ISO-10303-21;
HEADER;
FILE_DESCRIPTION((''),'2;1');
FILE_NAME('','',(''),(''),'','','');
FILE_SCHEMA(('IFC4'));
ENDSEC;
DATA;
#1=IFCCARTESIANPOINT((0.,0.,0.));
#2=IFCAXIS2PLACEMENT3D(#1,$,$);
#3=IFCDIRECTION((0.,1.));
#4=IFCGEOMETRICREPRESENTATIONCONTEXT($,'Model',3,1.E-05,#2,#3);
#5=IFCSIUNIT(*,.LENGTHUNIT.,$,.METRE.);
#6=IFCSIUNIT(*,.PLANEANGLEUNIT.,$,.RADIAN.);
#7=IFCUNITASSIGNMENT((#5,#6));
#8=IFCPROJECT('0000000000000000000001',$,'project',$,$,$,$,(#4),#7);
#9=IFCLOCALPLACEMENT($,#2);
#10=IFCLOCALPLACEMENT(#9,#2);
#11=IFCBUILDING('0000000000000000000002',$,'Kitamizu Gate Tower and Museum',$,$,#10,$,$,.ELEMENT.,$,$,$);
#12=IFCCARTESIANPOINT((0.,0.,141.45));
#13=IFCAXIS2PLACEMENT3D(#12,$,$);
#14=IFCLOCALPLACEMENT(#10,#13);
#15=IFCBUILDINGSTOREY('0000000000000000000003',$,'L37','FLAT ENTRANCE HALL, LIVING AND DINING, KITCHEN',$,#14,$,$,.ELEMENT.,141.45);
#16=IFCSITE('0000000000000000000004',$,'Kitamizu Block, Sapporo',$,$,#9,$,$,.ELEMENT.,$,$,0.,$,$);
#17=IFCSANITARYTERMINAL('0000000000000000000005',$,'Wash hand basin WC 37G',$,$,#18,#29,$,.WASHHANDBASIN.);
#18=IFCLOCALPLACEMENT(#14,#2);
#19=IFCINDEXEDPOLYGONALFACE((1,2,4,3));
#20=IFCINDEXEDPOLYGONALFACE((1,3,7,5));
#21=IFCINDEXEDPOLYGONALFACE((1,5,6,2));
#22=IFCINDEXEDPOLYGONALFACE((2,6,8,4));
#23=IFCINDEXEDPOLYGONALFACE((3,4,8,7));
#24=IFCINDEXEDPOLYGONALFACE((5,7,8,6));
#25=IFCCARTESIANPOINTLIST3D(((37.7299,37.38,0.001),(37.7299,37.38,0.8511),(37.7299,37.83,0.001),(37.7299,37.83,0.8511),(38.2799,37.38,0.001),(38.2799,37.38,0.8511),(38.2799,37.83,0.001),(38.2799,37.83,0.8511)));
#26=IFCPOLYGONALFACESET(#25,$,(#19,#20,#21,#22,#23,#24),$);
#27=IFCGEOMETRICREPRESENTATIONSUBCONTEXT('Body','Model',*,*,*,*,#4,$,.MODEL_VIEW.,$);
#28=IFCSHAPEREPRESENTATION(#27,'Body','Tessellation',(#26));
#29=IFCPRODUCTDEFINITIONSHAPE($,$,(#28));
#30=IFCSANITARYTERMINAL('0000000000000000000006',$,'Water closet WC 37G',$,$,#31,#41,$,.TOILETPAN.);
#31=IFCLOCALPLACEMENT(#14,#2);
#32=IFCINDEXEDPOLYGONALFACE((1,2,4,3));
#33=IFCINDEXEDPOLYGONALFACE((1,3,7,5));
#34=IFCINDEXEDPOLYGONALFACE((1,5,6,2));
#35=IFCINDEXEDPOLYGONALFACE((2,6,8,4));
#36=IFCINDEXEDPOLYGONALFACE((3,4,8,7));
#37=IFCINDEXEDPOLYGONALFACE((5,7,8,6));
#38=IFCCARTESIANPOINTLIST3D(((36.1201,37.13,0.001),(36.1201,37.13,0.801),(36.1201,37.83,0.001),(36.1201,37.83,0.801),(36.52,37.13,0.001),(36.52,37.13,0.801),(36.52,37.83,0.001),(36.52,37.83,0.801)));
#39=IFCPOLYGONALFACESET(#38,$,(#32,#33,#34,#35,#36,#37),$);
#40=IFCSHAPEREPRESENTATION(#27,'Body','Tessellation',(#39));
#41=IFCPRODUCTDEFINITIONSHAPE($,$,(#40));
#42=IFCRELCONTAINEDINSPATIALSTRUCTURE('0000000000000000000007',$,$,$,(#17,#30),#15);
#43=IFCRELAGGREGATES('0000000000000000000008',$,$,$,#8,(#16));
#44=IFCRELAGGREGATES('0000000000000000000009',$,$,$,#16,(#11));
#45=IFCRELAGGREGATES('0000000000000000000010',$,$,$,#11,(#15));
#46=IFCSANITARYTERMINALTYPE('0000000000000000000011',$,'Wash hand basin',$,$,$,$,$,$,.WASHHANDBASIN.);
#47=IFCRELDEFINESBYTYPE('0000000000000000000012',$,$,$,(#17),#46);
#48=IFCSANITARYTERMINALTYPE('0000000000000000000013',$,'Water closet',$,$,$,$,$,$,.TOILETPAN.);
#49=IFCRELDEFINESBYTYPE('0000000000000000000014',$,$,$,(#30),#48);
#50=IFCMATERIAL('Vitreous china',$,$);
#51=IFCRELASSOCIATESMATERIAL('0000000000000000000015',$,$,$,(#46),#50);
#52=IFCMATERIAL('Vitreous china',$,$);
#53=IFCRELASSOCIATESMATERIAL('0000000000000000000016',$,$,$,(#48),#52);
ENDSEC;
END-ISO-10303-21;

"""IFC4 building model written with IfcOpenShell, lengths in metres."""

from ifc_helpers import new_model, si_unit, direction, frame, origin, origin_2d, place, context, subcontext, project, spatial, rectangle, extrude, material, type_object, element, save


model = new_model("IFC4")

# Units and contexts
model_context = context("Model", 3, precision=1e-05, world=origin(), true_north=direction((0.0, 1.0)))
body_context = subcontext(model_context, "Body", "Model", "MODEL_VIEW")
ifc_project = project(units=[si_unit("LENGTHUNIT", "METRE"), si_unit("PLANEANGLEUNIT", "RADIAN")], contexts=[model_context])

# Site, building, storey
site_placement = place(None, origin())
site = spatial("IfcSite", under=ifc_project, at=site_placement, Name="Kitamizu Block, Sapporo", CompositionType="ELEMENT", RefElevation=0.0)
building_placement = place(site_placement, origin())
building = spatial("IfcBuilding", under=site, at=building_placement, Name="Kitamizu Gate Tower and Museum", CompositionType="ELEMENT")
storey_placement = place(building_placement, frame((0.0, 0.0, 141.45)))
storey = spatial("IfcBuildingStorey", under=building, at=storey_placement, Name="L37", Description="FLAT ENTRANCE HALL, LIVING AND DINING, KITCHEN", CompositionType="ELEMENT", Elevation=141.45)

# Sanitary terminals
ifc_material_1 = material(Name="Vitreous china")
sanitary_terminal_type_1 = type_object("IfcSanitaryTerminalType", Name="Wash hand basin", PredefinedType="WASHHANDBASIN", material=ifc_material_1)
sanitary_terminal_1_placement = place(storey_placement, frame((38.0049, 37.605, 0.001), z_axis=(0.0, 0.0, 1.0), x_axis=(1.0, 0.0, 0.0)))
element("IfcSanitaryTerminal", 1, at=sanitary_terminal_1_placement, inside=storey, type_object=sanitary_terminal_type_1, Name="Wash hand basin WC 37G", PredefinedType="WASHHANDBASIN", context=body_context, shape_type="SweptSolid", body=[
    extrude(rectangle(XDim=0.55, YDim=0.45, at=origin_2d()), origin(), (0.0, 0.0, 1.0), 0.8501),
])
ifc_material_2 = material(Name="Vitreous china")
sanitary_terminal_type_2 = type_object("IfcSanitaryTerminalType", Name="Water closet", PredefinedType="TOILETPAN", material=ifc_material_2)
sanitary_terminal_2_placement = place(storey_placement, frame((36.3201, 37.48, 0.001), z_axis=(0.0, 0.0, 1.0), x_axis=(1.0, 0.0, 0.0)))
element("IfcSanitaryTerminal", 2, at=sanitary_terminal_2_placement, inside=storey, type_object=sanitary_terminal_type_2, Name="Water closet WC 37G", PredefinedType="TOILETPAN", context=body_context, shape_type="SweptSolid", body=[
    extrude(rectangle(XDim=0.3999, YDim=0.7, at=origin_2d()), origin(), (0.0, 0.0, 1.0), 0.8),
])

save(model, "model.ifc")
